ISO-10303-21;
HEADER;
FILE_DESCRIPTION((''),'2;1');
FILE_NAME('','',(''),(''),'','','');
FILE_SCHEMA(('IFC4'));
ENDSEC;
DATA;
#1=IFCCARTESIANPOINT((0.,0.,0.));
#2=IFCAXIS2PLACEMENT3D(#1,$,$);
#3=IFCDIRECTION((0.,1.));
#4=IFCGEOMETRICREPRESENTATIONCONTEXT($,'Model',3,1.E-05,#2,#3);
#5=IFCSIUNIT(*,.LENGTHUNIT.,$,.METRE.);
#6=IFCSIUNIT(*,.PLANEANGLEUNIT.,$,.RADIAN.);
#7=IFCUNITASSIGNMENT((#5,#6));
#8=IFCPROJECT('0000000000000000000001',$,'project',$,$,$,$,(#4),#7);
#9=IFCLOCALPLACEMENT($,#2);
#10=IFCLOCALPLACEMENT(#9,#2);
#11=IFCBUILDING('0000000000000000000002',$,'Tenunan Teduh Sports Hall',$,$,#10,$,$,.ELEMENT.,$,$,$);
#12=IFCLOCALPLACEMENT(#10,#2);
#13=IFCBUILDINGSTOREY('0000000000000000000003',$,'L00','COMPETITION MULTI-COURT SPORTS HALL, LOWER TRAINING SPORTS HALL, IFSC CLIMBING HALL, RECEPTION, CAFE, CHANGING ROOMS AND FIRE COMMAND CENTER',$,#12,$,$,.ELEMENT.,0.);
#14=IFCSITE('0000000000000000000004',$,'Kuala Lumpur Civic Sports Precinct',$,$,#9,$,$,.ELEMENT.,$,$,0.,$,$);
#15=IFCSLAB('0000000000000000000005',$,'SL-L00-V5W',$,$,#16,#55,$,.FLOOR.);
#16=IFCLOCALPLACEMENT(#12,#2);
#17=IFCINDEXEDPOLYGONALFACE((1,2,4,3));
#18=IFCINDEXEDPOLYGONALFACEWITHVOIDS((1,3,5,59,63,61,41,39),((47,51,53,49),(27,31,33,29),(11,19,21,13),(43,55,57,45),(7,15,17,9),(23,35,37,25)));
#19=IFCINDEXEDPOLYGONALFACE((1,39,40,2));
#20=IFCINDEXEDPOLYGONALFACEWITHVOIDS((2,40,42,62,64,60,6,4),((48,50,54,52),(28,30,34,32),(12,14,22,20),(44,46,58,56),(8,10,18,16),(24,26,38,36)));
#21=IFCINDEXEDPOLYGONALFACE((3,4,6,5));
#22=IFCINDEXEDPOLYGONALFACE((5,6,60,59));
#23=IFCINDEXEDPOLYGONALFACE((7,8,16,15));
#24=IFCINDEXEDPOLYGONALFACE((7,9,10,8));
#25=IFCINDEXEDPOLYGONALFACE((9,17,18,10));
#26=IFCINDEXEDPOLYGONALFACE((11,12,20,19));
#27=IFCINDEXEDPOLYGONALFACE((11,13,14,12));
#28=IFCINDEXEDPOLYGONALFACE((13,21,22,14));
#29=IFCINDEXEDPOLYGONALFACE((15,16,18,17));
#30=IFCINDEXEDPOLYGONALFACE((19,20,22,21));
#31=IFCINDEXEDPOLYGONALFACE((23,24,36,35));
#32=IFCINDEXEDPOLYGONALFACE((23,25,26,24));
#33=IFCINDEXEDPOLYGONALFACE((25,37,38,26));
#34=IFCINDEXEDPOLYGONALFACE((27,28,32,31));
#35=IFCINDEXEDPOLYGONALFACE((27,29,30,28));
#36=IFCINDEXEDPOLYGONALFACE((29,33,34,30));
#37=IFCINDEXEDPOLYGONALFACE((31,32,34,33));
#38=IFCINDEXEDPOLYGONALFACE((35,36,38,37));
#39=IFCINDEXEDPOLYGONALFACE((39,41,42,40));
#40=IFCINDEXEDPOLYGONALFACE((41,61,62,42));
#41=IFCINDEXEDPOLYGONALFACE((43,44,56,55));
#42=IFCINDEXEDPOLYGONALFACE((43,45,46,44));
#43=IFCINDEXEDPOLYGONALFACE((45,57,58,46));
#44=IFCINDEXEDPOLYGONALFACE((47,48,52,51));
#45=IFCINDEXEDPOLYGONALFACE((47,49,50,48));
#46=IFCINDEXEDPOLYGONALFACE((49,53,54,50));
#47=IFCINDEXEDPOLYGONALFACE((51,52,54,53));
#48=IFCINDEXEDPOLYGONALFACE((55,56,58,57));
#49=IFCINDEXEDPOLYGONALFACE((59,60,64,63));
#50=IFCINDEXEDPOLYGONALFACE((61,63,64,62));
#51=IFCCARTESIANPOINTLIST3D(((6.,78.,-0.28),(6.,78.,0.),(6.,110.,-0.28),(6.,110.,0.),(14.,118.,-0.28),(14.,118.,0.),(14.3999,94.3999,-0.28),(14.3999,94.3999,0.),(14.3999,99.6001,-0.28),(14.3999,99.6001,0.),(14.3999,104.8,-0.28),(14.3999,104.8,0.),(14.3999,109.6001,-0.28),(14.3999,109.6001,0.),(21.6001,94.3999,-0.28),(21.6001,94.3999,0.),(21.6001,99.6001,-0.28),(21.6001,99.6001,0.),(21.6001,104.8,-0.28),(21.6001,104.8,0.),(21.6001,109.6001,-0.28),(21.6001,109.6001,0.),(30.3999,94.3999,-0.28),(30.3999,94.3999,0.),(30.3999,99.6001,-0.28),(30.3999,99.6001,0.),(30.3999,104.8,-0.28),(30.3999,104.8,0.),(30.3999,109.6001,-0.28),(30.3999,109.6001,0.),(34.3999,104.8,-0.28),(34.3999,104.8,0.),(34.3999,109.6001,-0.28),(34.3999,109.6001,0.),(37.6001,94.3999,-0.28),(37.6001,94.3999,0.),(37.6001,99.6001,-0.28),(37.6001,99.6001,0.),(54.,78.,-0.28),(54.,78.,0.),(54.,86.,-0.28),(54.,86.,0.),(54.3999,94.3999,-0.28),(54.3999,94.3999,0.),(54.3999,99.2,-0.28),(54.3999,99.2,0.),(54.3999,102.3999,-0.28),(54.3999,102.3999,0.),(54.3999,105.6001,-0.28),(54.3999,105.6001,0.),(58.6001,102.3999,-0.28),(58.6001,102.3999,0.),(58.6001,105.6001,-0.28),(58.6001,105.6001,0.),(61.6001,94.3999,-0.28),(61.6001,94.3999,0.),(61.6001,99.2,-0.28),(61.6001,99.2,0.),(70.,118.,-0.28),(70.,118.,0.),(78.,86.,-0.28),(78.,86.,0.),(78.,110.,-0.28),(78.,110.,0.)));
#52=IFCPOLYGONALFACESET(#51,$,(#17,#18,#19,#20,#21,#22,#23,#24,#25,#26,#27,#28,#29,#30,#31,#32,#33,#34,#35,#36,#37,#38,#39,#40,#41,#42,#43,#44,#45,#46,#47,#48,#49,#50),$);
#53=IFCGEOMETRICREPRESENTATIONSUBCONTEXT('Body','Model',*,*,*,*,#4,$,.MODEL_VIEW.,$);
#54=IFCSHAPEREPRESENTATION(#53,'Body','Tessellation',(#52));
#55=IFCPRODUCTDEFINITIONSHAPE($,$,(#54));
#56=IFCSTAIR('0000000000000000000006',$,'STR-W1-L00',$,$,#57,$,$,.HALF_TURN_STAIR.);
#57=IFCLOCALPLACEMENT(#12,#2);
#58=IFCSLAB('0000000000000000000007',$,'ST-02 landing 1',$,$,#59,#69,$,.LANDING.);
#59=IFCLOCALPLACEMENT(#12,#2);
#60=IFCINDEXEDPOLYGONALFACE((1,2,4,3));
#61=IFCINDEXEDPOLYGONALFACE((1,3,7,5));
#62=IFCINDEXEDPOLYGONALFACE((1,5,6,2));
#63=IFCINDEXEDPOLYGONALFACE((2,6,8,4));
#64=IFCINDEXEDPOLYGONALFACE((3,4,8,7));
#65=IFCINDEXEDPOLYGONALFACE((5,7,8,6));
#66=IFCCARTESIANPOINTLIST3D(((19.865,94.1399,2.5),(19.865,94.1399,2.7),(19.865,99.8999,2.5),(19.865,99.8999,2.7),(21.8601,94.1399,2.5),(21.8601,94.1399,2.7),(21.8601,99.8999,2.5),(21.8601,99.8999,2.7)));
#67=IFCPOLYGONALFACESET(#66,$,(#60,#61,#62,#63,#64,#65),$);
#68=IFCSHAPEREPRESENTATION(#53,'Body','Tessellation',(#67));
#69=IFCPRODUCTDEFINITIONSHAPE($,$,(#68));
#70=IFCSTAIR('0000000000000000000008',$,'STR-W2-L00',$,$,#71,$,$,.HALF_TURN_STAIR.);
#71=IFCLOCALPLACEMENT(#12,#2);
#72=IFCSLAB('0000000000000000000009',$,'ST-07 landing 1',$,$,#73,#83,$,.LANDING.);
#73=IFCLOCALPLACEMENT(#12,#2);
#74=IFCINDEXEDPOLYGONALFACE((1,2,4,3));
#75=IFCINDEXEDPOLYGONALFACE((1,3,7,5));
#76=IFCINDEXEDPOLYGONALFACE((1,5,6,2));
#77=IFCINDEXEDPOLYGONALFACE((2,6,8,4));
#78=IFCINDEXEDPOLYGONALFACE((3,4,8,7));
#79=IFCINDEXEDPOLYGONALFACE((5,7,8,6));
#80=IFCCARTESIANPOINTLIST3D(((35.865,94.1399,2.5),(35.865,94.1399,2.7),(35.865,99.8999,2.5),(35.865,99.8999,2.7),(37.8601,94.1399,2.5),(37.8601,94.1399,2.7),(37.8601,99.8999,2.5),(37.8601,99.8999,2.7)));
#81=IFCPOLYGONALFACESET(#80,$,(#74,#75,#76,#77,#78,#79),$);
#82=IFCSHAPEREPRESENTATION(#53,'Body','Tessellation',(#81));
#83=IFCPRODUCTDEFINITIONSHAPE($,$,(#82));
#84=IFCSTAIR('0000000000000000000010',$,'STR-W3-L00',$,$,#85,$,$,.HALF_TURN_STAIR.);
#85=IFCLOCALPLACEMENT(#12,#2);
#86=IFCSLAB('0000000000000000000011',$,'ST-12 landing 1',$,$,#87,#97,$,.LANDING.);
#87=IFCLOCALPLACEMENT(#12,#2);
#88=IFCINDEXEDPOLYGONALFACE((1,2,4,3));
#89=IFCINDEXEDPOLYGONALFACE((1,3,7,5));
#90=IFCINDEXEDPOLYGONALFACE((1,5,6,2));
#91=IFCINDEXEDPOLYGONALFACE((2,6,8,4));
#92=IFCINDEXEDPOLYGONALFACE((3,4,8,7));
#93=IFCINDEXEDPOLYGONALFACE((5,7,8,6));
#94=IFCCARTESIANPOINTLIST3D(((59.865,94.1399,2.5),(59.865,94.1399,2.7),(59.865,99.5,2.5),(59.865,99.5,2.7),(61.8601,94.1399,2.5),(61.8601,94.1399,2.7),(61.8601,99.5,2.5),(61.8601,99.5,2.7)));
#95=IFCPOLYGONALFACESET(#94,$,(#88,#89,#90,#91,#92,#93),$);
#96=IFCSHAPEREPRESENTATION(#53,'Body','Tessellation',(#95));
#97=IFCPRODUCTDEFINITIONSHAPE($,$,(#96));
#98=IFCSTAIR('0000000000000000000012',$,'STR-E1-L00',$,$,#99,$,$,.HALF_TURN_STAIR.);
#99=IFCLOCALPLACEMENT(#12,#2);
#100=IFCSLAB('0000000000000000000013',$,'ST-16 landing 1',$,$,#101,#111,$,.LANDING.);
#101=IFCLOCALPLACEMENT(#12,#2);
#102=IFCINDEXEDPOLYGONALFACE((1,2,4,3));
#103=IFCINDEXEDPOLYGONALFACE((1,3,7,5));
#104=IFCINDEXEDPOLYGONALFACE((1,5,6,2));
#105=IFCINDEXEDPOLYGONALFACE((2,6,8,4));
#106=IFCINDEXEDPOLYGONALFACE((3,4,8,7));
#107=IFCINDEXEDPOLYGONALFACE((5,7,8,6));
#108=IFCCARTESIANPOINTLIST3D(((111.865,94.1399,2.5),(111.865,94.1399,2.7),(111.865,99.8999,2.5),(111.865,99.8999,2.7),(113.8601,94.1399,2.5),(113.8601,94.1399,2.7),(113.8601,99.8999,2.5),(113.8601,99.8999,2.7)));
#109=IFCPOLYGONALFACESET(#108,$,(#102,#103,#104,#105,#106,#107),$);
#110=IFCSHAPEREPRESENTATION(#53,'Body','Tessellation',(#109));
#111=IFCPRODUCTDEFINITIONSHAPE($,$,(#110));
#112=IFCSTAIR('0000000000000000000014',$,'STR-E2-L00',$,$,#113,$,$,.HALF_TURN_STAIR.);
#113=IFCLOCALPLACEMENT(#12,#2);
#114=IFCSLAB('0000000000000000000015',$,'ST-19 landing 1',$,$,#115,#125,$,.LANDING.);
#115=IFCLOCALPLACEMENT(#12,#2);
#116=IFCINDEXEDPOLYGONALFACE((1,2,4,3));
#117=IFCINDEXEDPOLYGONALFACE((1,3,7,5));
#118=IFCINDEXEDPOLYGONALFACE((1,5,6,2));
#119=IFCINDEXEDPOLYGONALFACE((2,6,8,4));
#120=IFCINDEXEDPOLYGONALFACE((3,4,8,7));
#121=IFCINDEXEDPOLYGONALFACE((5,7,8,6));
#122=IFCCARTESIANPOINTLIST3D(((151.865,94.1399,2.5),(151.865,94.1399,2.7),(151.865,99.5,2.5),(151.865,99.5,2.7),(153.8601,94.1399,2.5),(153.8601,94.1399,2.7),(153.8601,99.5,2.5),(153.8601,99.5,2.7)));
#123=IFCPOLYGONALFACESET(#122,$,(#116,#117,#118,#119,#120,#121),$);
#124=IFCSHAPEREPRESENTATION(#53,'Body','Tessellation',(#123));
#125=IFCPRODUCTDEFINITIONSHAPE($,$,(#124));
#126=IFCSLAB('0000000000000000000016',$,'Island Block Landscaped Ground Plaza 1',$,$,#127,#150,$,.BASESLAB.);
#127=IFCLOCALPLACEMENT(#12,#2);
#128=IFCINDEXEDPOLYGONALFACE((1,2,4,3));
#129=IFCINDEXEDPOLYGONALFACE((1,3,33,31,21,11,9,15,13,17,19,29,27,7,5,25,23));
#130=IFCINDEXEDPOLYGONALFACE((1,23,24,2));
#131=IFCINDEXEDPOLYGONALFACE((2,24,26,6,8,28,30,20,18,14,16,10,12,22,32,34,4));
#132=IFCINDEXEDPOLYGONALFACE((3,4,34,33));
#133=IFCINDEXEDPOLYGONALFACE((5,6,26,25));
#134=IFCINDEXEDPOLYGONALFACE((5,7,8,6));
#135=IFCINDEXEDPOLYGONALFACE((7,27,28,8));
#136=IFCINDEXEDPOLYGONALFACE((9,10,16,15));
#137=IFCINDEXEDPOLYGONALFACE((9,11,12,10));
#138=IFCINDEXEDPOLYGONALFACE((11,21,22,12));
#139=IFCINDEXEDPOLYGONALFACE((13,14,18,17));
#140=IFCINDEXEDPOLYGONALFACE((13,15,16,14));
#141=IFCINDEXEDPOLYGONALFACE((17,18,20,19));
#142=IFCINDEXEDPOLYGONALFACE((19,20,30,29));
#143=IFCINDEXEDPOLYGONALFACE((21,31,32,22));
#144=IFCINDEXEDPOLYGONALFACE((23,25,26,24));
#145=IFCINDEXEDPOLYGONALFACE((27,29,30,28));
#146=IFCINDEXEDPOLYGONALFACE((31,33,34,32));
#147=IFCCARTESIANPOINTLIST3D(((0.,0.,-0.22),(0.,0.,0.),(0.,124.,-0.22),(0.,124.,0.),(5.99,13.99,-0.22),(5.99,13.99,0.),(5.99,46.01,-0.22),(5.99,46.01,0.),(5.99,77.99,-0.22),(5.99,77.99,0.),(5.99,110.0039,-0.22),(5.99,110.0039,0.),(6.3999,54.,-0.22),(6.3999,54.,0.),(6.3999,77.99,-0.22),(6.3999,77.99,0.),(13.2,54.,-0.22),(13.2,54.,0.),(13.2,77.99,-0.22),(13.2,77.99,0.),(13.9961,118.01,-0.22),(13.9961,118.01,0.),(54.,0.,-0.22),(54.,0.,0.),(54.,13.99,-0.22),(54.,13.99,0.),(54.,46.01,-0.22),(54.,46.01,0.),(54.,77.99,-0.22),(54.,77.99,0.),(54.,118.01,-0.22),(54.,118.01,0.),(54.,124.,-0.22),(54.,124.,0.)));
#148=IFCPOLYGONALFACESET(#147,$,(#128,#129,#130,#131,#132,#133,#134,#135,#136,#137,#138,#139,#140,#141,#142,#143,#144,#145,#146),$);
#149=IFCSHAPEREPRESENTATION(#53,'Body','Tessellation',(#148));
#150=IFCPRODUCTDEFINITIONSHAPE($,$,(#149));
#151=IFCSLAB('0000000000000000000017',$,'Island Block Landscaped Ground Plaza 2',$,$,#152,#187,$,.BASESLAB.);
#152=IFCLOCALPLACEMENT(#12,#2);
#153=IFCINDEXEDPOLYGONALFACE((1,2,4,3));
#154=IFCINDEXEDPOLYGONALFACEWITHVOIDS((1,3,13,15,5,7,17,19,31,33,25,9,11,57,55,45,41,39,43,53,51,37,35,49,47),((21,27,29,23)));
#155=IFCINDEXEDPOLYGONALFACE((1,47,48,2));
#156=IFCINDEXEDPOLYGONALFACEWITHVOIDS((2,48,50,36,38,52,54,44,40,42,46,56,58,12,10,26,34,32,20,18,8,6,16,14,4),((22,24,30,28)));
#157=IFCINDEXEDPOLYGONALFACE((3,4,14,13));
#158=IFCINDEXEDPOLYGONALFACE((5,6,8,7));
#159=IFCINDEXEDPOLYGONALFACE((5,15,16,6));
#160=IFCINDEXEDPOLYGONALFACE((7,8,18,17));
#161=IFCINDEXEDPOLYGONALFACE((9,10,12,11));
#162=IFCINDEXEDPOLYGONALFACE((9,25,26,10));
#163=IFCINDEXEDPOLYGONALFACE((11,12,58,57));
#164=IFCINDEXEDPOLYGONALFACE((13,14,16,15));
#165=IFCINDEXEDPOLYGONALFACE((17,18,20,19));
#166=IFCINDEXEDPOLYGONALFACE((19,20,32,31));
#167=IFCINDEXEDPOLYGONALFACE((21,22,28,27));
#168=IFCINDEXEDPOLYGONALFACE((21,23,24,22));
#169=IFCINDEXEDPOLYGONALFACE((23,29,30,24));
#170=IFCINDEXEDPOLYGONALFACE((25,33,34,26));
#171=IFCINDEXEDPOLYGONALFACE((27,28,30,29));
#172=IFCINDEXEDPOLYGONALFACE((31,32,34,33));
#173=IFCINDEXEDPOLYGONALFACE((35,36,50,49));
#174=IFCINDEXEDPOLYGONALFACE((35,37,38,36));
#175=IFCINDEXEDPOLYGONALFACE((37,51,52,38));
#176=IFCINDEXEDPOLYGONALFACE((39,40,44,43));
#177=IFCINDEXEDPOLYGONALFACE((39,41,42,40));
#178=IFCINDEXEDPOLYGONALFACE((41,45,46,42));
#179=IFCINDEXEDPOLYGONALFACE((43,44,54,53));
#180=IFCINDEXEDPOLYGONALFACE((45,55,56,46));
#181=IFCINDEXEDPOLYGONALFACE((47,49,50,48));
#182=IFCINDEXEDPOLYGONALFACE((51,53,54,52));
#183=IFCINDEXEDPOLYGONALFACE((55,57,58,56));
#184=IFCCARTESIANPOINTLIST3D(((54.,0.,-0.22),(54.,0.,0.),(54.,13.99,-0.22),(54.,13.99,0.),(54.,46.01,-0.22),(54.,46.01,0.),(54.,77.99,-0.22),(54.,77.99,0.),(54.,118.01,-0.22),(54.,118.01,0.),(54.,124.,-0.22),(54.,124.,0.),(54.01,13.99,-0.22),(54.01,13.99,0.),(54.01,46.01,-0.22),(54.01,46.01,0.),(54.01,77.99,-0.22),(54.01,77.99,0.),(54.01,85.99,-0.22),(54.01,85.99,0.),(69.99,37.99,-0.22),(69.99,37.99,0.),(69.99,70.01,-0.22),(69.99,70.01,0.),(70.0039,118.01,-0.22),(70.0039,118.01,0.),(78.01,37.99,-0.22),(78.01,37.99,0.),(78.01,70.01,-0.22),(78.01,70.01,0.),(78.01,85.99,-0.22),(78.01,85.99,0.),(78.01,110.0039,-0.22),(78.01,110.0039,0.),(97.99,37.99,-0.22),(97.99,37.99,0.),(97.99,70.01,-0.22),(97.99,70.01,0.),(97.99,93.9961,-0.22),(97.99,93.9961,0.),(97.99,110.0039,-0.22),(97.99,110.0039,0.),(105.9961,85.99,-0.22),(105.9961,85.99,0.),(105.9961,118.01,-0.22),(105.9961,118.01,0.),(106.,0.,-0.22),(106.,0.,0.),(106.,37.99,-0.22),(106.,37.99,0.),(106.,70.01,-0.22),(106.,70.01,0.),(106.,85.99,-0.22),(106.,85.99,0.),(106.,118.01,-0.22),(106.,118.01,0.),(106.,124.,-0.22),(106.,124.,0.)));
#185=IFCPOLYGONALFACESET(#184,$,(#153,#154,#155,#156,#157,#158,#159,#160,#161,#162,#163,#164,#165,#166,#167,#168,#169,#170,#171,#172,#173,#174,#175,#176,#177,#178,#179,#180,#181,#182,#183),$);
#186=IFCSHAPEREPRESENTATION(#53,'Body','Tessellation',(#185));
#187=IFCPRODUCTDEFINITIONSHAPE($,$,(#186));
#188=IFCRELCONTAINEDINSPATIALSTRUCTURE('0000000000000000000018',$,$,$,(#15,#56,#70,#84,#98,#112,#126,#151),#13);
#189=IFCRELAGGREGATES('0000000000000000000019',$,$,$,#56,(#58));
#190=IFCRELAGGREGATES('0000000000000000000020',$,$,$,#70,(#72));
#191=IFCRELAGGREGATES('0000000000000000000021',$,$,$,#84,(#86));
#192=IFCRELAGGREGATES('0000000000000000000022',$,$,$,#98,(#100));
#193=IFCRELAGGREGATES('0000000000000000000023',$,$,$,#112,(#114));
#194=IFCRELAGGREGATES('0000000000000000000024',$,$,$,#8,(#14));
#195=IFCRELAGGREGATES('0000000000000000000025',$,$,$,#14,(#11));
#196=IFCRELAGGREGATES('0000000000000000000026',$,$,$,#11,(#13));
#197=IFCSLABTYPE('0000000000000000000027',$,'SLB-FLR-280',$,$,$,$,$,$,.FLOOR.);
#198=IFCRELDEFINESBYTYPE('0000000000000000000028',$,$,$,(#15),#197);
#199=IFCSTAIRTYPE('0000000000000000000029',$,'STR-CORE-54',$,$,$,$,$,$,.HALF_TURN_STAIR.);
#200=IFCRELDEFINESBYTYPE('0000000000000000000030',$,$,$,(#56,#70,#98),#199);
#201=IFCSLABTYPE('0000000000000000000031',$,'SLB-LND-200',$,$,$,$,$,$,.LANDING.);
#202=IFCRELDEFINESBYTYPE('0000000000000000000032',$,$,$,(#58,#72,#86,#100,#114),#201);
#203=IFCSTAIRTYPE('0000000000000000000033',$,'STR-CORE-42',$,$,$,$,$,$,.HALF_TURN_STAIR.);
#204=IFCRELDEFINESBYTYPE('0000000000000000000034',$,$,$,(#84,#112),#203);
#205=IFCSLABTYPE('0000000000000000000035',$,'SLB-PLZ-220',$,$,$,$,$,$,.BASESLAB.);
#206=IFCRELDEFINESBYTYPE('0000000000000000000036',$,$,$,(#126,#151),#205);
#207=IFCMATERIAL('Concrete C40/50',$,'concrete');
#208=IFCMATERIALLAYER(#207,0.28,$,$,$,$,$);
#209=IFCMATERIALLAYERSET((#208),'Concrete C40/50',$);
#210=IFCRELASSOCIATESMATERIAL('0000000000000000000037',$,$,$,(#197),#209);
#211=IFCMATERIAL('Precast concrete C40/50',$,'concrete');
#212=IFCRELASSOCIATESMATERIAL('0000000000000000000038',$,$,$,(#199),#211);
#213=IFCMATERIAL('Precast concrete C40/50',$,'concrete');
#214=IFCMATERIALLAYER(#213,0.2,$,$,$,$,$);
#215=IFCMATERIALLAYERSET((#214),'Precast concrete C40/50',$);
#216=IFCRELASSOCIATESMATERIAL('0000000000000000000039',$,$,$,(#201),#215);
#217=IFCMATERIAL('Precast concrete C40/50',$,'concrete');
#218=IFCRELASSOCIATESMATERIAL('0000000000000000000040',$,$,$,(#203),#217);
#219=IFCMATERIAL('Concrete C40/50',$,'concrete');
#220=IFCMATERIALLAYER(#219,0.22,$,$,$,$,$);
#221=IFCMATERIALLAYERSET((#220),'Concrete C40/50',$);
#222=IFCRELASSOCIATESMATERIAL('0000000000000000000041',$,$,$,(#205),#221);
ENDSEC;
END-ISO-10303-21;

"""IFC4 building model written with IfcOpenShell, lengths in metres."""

from ifc_helpers import new_model, si_unit, direction, frame, origin, place, context, subcontext, project, spatial, polyline, outline, extrude, material, layer, layer_set, type_object, element, aggregate, save


model = new_model("IFC4")

# Units and contexts
model_context = context("Model", 3, precision=1e-05, world=origin(), true_north=direction((0.0, 1.0)))
body_context = subcontext(model_context, "Body", "Model", "MODEL_VIEW")
ifc_project = project(units=[si_unit("LENGTHUNIT", "METRE"), si_unit("PLANEANGLEUNIT", "RADIAN")], contexts=[model_context])

# Site, building, storey
site_placement = place(None, origin())
site = spatial("IfcSite", under=ifc_project, at=site_placement, Name="Kuala Lumpur Civic Sports Precinct", CompositionType="ELEMENT", RefElevation=0.0)
building_placement = place(site_placement, origin())
building = spatial("IfcBuilding", under=site, at=building_placement, Name="Tenunan Teduh Sports Hall", CompositionType="ELEMENT")
storey_placement = place(building_placement, origin())
storey = spatial("IfcBuildingStorey", under=building, at=storey_placement, Name="L00", Description="COMPETITION MULTI-COURT SPORTS HALL, LOWER TRAINING SPORTS HALL, IFSC CLIMBING HALL, RECEPTION, CAFE, CHANGING ROOMS AND FIRE COMMAND CENTER", CompositionType="ELEMENT", Elevation=0.0)

# Slab
ifc_material_1 = material(Name="Concrete C40/50", Category="concrete")
ifc_layer_1 = layer(ifc_material_1, 0.28)
ifc_layer_set_1 = layer_set([ifc_layer_1], Name="Concrete C40/50")
slab_type_1 = type_object("IfcSlabType", Name="SLB-FLR-280", PredefinedType="FLOOR", material=ifc_layer_set_1)
slab_1_placement = place(storey_placement, frame((0.0, 0.0, -0.28)))
element("IfcSlab", 1, at=slab_1_placement, inside=storey, type_object=slab_type_1, Name="SL-L00-V5W", PredefinedType="FLOOR", context=body_context, shape_type="SweptSolid", body=[
    extrude(outline(polyline([(6.0, 78.0), (54.0, 78.0), (54.0, 86.0), (78.0, 86.0), (78.0, 110.0), (70.0, 118.0), (14.0, 118.0), (6.0, 110.0), (6.0, 78.0)]), holes=[polyline([(14.3999, 94.3999), (21.6001, 94.3999), (21.6001, 99.6001), (14.3999, 99.6001), (14.3999, 94.3999)]), polyline([(14.3999, 104.8), (21.6001, 104.8), (21.6001, 109.6001), (14.3999, 109.6001), (14.3999, 104.8)]), polyline([(30.3999, 94.3999), (37.6001, 94.3999), (37.6001, 99.6001), (30.3999, 99.6001), (30.3999, 94.3999)]), polyline([(30.3999, 104.8), (34.3999, 104.8), (34.3999, 109.6001), (30.3999, 109.6001), (30.3999, 104.8)]), polyline([(54.3999, 94.3999), (61.6001, 94.3999), (61.6001, 99.2), (54.3999, 99.2), (54.3999, 94.3999)]), polyline([(54.3999, 102.3999), (58.6001, 102.3999), (58.6001, 105.6001), (54.3999, 105.6001), (54.3999, 102.3999)])]), origin(), (0.0, 0.0, 1.0), 0.28),
])

# Stairs, slabs
ifc_material_2 = material(Name="Precast concrete C40/50", Category="concrete")
stair_type_1 = type_object("IfcStairType", Name="STR-CORE-54", PredefinedType="HALF_TURN_STAIR", material=ifc_material_2)
stair_1_placement = place(storey_placement, origin())
stair_1 = element("IfcStair", 2, at=stair_1_placement, inside=storey, type_object=stair_type_1, Name="STR-W1-L00", PredefinedType="HALF_TURN_STAIR")
ifc_material_3 = material(Name="Precast concrete C40/50", Category="concrete")
ifc_layer_2 = layer(ifc_material_3, 0.2)
ifc_layer_set_2 = layer_set([ifc_layer_2], Name="Precast concrete C40/50")
slab_type_2 = type_object("IfcSlabType", Name="SLB-LND-200", PredefinedType="LANDING", material=ifc_layer_set_2)
slab_2_placement = place(storey_placement, frame((0.0, 0.0, 2.5)))
slab_2 = element("IfcSlab", 3, at=slab_2_placement, type_object=slab_type_2, Name="ST-02 landing 1", PredefinedType="LANDING", context=body_context, shape_type="SweptSolid", body=[
    extrude(outline(polyline([(19.865, 94.1399), (21.8601, 94.1399), (21.8601, 99.8999), (19.865, 99.8999), (19.865, 94.1399)])), origin(), (0.0, 0.0, 1.0), 0.2),
])
aggregate(stair_1, [slab_2])
stair_2_placement = place(storey_placement, origin())
stair_2 = element("IfcStair", 4, at=stair_2_placement, inside=storey, type_object=stair_type_1, Name="STR-W2-L00", PredefinedType="HALF_TURN_STAIR")
slab_3_placement = place(storey_placement, frame((0.0, 0.0, 2.5)))
slab_3 = element("IfcSlab", 5, at=slab_3_placement, type_object=slab_type_2, Name="ST-07 landing 1", PredefinedType="LANDING", context=body_context, shape_type="SweptSolid", body=[
    extrude(outline(polyline([(35.865, 94.1399), (37.8601, 94.1399), (37.8601, 99.8999), (35.865, 99.8999), (35.865, 94.1399)])), origin(), (0.0, 0.0, 1.0), 0.2),
])
aggregate(stair_2, [slab_3])
ifc_material_4 = material(Name="Precast concrete C40/50", Category="concrete")
stair_type_2 = type_object("IfcStairType", Name="STR-CORE-42", PredefinedType="HALF_TURN_STAIR", material=ifc_material_4)
stair_3_placement = place(storey_placement, origin())
stair_3 = element("IfcStair", 6, at=stair_3_placement, inside=storey, type_object=stair_type_2, Name="STR-W3-L00", PredefinedType="HALF_TURN_STAIR")
slab_4_placement = place(storey_placement, frame((0.0, 0.0, 2.5)))
slab_4 = element("IfcSlab", 7, at=slab_4_placement, type_object=slab_type_2, Name="ST-12 landing 1", PredefinedType="LANDING", context=body_context, shape_type="SweptSolid", body=[
    extrude(outline(polyline([(59.865, 94.1399), (61.8601, 94.1399), (61.8601, 99.5), (59.865, 99.5), (59.865, 94.1399)])), origin(), (0.0, 0.0, 1.0), 0.2),
])
aggregate(stair_3, [slab_4])
stair_4_placement = place(storey_placement, origin())
stair_4 = element("IfcStair", 8, at=stair_4_placement, inside=storey, type_object=stair_type_1, Name="STR-E1-L00", PredefinedType="HALF_TURN_STAIR")
slab_5_placement = place(storey_placement, frame((0.0, 0.0, 2.5)))
slab_5 = element("IfcSlab", 9, at=slab_5_placement, type_object=slab_type_2, Name="ST-16 landing 1", PredefinedType="LANDING", context=body_context, shape_type="SweptSolid", body=[
    extrude(outline(polyline([(111.865, 94.1399), (113.8601, 94.1399), (113.8601, 99.8999), (111.865, 99.8999), (111.865, 94.1399)])), origin(), (0.0, 0.0, 1.0), 0.2),
])
aggregate(stair_4, [slab_5])
stair_5_placement = place(storey_placement, origin())
stair_5 = element("IfcStair", 10, at=stair_5_placement, inside=storey, type_object=stair_type_2, Name="STR-E2-L00", PredefinedType="HALF_TURN_STAIR")
slab_6_placement = place(storey_placement, frame((0.0, 0.0, 2.5)))
slab_6 = element("IfcSlab", 11, at=slab_6_placement, type_object=slab_type_2, Name="ST-19 landing 1", PredefinedType="LANDING", context=body_context, shape_type="SweptSolid", body=[
    extrude(outline(polyline([(151.865, 94.1399), (153.8601, 94.1399), (153.8601, 99.5), (151.865, 99.5), (151.865, 94.1399)])), origin(), (0.0, 0.0, 1.0), 0.2),
])
aggregate(stair_5, [slab_6])

# Slabs
ifc_material_5 = material(Name="Concrete C40/50", Category="concrete")
ifc_layer_3 = layer(ifc_material_5, 0.22)
ifc_layer_set_3 = layer_set([ifc_layer_3], Name="Concrete C40/50")
slab_type_3 = type_object("IfcSlabType", Name="SLB-PLZ-220", PredefinedType="BASESLAB", material=ifc_layer_set_3)
slab_7_placement = place(storey_placement, frame((0.0, 0.0, -0.22)))
element("IfcSlab", 12, at=slab_7_placement, inside=storey, type_object=slab_type_3, Name="Island Block Landscaped Ground Plaza 1", PredefinedType="BASESLAB", context=body_context, shape_type="SweptSolid", body=[
    extrude(outline(polyline([(54.0, 0.0), (0.0, 0.0), (0.0, 124.0), (54.0, 124.0), (54.0, 118.01), (13.9961, 118.01), (5.99, 110.0039), (5.99, 77.99), (6.3999, 77.99), (6.3999, 54.0), (13.2, 54.0), (13.2, 77.99), (54.0, 77.99), (54.0, 46.01), (5.99, 46.01), (5.99, 13.99), (54.0, 13.99), (54.0, 0.0)])), origin(), (0.0, 0.0, 1.0), 0.22),
])
slab_8_placement = place(storey_placement, frame((0.0, 0.0, -0.22)))
element("IfcSlab", 13, at=slab_8_placement, inside=storey, type_object=slab_type_3, Name="Island Block Landscaped Ground Plaza 2", PredefinedType="BASESLAB", context=body_context, shape_type="SweptSolid", body=[
    extrude(outline(polyline([(106.0, 0.0), (54.0, 0.0), (54.0, 13.99), (54.01, 13.99), (54.01, 46.01), (54.0, 46.01), (54.0, 77.99), (54.01, 77.99), (54.01, 85.99), (78.01, 85.99), (78.01, 110.0039), (70.0039, 118.01), (54.0, 118.01), (54.0, 124.0), (106.0, 124.0), (106.0, 118.01), (105.9961, 118.01), (97.99, 110.0039), (97.99, 93.9961), (105.9961, 85.99), (106.0, 85.99), (106.0, 70.01), (97.99, 70.01), (97.99, 37.99), (106.0, 37.99), (106.0, 0.0)]), holes=[polyline([(78.01, 70.01), (69.99, 70.01), (69.99, 37.99), (78.01, 37.99), (78.01, 70.01)])]), origin(), (0.0, 0.0, 1.0), 0.22),
])

save(model, "model.ifc")
